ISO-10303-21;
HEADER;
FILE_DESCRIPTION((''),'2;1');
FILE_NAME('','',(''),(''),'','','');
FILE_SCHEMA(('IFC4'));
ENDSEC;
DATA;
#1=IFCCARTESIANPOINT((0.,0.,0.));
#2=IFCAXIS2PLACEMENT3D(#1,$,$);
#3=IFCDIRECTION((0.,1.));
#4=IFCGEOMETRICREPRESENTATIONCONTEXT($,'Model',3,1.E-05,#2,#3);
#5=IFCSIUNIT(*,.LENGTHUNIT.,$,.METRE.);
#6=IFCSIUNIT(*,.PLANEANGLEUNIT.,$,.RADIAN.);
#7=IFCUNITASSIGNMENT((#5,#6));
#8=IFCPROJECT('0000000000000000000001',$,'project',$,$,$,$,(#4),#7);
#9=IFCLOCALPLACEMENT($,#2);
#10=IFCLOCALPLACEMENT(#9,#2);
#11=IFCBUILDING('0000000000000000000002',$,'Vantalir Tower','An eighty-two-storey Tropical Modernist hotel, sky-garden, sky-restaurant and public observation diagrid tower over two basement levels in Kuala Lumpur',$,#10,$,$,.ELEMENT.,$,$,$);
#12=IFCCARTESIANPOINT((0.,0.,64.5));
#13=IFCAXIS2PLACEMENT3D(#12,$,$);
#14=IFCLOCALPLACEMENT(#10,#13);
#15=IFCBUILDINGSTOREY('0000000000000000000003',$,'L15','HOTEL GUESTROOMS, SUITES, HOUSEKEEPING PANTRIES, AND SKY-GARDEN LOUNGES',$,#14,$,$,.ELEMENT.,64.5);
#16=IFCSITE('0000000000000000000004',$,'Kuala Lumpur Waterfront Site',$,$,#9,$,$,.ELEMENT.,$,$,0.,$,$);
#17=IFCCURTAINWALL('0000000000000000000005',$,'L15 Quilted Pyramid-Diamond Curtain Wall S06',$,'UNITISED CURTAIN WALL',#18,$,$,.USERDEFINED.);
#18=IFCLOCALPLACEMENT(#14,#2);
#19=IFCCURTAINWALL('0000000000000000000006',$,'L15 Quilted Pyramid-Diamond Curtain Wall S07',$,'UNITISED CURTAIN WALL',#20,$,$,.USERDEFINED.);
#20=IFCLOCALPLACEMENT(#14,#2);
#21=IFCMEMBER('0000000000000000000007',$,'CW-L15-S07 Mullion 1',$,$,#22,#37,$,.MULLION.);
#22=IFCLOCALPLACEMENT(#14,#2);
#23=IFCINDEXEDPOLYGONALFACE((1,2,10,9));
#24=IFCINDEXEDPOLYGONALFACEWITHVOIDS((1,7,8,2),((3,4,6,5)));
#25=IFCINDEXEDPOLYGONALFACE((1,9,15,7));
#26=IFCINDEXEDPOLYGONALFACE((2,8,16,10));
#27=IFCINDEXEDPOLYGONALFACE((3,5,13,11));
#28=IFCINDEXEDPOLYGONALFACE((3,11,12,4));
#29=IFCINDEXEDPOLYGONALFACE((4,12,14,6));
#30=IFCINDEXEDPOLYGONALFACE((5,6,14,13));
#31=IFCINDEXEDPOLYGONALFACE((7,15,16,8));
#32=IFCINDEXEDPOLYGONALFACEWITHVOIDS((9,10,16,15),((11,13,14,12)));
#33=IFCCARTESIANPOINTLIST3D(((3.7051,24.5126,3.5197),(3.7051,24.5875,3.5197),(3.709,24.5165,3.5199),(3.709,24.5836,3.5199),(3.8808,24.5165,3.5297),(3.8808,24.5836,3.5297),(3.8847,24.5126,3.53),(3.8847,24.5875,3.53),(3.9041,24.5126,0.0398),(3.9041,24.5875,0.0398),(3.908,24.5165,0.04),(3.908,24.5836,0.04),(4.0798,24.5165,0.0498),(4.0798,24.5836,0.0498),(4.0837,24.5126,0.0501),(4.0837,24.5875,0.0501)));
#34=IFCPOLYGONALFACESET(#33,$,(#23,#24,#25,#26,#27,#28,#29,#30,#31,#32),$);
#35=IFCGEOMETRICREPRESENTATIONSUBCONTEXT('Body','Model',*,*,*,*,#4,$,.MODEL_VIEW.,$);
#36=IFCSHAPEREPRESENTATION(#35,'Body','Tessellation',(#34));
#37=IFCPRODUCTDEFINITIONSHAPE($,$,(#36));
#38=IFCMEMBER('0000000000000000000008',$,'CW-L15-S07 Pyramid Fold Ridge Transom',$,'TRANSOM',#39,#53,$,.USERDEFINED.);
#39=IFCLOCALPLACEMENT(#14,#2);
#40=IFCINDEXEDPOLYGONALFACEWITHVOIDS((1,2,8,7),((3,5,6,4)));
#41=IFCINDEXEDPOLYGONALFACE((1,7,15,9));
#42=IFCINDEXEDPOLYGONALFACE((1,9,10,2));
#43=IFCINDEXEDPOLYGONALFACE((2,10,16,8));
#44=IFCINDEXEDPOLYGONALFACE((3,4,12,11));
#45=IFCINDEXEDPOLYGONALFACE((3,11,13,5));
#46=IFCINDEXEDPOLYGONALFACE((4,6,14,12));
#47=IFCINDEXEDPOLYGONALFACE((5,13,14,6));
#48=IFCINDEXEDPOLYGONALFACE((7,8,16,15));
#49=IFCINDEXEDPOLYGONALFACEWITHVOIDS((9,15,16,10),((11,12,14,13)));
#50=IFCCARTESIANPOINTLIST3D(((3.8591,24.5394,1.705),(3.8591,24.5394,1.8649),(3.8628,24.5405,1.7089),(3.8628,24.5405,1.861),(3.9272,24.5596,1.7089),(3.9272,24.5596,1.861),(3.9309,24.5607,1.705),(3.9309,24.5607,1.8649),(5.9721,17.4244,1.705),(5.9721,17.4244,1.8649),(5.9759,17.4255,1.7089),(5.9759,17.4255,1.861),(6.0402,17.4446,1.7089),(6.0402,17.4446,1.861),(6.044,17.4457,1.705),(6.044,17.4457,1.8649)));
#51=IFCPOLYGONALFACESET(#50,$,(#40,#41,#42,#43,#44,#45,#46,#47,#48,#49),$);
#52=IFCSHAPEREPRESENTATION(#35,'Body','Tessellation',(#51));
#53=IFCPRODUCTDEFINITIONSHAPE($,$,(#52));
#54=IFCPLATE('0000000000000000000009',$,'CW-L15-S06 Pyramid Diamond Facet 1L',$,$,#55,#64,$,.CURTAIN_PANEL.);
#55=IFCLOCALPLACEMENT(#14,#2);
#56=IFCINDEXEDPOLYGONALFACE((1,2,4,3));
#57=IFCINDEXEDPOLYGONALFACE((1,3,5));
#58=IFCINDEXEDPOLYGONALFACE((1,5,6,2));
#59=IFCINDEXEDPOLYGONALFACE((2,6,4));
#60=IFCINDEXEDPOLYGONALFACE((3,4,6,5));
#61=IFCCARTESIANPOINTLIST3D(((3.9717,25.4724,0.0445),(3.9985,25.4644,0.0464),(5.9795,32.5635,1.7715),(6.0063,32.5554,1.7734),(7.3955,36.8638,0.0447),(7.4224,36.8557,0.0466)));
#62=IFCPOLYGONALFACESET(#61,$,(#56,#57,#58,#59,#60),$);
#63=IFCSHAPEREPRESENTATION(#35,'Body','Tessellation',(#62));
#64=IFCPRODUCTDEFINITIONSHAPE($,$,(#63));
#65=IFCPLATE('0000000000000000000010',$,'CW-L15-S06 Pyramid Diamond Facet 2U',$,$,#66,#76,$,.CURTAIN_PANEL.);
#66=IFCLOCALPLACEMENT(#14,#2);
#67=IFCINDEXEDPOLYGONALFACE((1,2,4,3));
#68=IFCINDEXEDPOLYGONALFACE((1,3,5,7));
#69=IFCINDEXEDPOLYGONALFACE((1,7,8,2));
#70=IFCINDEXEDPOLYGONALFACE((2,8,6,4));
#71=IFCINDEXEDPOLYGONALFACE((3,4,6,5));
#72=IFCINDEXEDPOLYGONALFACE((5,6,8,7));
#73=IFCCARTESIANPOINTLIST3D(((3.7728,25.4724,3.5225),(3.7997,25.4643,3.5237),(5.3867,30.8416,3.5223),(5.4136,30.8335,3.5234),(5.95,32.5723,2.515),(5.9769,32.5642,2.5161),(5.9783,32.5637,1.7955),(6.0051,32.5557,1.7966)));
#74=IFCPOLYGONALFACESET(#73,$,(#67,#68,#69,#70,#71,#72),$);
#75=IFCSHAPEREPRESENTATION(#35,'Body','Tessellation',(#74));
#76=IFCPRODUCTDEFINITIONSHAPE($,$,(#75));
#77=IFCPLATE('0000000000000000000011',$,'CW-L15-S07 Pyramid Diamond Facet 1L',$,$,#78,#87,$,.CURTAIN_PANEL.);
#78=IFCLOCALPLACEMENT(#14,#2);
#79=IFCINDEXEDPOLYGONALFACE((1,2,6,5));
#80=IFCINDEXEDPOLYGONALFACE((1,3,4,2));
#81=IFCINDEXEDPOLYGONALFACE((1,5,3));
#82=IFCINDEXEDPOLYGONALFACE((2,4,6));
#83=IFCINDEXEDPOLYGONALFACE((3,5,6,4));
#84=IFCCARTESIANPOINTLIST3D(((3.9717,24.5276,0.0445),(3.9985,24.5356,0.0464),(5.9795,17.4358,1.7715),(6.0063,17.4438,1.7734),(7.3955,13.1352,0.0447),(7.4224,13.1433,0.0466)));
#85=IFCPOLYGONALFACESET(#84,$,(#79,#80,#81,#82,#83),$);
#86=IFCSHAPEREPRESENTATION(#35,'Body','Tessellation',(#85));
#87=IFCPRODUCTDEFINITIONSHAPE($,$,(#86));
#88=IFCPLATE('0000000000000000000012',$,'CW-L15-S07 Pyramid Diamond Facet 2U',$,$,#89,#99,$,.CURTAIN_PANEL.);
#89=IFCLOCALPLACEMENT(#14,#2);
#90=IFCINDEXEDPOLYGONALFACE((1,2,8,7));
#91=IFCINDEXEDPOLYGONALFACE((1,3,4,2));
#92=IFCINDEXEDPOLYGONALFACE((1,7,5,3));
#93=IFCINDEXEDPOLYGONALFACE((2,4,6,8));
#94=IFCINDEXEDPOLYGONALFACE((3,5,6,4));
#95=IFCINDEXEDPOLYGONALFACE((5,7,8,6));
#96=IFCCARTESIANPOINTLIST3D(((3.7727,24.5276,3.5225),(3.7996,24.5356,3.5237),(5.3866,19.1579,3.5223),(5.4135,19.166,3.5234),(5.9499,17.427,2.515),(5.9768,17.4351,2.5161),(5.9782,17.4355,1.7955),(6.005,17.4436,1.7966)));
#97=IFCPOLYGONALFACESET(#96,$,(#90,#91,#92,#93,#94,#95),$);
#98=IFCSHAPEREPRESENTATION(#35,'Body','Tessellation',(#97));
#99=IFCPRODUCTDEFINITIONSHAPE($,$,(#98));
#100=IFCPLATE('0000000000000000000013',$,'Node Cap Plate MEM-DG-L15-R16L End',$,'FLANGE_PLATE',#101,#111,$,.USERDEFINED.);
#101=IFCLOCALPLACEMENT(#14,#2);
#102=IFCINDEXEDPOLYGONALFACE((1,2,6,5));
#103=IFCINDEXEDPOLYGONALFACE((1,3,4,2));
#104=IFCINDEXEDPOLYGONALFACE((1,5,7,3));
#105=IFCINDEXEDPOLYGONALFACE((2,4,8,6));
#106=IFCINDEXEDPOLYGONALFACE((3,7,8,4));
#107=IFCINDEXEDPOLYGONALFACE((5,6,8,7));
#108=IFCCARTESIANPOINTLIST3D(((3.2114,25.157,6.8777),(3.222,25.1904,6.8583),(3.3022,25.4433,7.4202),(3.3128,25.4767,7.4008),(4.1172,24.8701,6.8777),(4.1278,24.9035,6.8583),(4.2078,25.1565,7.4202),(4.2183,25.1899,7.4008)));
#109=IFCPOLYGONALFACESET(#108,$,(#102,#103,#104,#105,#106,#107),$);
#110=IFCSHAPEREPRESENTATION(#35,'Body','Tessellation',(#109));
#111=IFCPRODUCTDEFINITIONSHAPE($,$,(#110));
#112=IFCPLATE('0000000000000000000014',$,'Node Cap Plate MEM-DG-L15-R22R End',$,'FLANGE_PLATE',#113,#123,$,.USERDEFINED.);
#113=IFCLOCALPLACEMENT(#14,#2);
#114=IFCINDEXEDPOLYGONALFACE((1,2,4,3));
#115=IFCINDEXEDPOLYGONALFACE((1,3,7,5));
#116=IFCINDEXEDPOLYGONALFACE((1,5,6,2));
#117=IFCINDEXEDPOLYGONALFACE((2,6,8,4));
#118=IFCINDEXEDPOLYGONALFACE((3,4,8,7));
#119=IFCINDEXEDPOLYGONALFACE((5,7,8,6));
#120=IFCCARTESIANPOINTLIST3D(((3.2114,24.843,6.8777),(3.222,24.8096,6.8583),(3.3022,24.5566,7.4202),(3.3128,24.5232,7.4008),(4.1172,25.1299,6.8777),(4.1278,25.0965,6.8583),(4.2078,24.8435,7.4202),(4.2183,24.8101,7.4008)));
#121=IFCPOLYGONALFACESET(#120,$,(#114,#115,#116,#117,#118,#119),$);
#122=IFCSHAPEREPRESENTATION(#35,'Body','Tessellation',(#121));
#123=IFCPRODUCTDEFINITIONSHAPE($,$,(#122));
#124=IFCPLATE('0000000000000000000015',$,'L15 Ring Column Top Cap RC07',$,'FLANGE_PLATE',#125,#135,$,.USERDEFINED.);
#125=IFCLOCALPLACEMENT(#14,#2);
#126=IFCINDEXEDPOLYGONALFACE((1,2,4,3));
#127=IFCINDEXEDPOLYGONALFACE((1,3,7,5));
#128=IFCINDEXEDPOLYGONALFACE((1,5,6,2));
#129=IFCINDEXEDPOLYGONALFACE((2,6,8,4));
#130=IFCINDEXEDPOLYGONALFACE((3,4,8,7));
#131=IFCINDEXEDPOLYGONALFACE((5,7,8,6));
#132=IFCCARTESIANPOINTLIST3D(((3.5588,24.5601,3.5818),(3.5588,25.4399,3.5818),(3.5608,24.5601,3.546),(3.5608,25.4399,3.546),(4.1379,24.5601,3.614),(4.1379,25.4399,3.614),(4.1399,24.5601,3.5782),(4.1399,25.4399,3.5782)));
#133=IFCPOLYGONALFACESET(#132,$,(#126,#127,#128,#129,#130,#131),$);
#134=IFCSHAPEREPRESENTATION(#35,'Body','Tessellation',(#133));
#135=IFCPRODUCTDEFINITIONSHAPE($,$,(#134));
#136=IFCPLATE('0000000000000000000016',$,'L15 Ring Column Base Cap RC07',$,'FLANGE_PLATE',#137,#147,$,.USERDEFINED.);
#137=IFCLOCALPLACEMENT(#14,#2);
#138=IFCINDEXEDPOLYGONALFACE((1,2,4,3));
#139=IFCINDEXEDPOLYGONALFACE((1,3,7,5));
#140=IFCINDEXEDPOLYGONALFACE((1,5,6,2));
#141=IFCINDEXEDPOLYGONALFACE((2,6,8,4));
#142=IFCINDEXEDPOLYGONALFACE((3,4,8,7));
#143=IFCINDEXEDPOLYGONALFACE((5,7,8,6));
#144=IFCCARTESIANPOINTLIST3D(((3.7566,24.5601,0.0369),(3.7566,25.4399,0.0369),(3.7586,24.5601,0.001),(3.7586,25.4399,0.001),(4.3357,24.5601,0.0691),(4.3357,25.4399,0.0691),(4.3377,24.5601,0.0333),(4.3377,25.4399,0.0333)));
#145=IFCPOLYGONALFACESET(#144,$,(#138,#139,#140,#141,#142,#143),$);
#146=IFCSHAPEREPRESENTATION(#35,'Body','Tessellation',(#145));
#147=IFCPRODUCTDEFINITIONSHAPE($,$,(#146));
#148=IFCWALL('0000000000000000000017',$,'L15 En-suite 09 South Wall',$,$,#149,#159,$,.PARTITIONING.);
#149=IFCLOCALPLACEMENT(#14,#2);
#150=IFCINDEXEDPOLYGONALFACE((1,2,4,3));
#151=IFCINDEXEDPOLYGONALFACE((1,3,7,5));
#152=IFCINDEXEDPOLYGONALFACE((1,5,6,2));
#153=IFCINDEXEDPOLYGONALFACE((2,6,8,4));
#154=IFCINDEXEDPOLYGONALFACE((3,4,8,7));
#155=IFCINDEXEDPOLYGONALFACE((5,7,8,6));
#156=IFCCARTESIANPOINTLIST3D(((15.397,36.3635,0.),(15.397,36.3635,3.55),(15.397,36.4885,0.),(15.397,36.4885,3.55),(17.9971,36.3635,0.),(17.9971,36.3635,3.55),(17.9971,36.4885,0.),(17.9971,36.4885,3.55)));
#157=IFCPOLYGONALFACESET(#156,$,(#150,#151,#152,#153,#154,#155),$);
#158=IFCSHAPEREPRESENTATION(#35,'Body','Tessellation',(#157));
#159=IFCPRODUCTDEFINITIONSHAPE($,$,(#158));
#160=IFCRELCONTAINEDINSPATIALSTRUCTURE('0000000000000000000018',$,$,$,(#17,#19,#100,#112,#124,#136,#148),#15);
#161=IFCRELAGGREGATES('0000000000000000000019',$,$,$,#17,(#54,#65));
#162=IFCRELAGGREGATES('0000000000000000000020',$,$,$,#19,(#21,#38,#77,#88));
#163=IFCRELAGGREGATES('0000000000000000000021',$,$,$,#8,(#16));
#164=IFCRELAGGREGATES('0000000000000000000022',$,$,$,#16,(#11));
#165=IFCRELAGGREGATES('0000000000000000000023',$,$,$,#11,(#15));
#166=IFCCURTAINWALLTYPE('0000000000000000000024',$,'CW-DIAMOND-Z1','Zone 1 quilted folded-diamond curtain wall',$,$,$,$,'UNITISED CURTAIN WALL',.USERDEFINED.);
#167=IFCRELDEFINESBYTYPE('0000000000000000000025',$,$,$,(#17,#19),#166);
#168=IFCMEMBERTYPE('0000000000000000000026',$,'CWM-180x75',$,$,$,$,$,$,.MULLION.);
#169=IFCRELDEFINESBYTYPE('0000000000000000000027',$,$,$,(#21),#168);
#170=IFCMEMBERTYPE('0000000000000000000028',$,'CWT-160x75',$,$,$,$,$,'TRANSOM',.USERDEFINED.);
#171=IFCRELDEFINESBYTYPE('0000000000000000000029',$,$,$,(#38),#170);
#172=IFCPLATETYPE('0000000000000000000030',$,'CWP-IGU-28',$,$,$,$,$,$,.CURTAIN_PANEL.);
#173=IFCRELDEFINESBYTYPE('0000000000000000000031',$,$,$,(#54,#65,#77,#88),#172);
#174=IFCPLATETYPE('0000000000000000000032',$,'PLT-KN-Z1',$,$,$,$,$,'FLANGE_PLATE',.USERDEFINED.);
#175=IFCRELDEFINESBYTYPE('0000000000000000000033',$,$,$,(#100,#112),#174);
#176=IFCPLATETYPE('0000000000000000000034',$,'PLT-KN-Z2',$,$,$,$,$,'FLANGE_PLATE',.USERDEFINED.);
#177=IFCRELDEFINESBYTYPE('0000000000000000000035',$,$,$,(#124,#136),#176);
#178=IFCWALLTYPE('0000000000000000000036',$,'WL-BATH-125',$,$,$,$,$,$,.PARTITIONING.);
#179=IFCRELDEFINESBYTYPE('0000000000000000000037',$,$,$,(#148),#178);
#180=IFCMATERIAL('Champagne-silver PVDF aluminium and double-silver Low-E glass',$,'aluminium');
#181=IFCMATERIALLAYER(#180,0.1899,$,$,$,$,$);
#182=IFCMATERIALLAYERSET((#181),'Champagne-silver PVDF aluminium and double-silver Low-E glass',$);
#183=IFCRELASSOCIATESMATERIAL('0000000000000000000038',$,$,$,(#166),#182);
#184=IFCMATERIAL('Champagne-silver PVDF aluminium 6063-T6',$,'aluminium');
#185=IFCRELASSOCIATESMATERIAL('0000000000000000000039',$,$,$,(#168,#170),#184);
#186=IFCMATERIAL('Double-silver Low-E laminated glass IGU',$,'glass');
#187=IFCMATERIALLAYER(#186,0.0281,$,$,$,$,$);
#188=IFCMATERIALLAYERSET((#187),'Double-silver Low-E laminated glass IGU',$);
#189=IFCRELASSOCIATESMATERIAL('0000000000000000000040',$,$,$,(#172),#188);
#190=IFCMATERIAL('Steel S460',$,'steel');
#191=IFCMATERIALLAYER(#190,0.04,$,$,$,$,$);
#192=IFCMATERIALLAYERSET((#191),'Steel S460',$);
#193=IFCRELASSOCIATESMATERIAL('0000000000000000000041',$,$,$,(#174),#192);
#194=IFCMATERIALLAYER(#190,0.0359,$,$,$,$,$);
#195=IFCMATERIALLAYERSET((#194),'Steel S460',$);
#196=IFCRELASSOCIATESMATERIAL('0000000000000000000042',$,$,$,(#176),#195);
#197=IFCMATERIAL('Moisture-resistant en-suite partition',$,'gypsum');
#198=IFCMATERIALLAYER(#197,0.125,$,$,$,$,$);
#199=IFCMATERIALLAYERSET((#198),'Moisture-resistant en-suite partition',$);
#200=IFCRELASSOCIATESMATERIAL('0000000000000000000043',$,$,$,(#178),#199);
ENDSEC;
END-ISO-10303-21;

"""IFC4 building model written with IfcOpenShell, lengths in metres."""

from ifc_helpers import new_model, si_unit, direction, frame, frame_2d, origin, origin_2d, place, context, subcontext, project, spatial, polyline, rectangle, hollow_rectangle, outline, extrude, material, layer, layer_set, material_profile, profile_set, type_object, element, aggregate, save


model = new_model("IFC4")

# Units and contexts
model_context = context("Model", 3, precision=1e-05, world=origin(), true_north=direction((0.0, 1.0)))
body_context = subcontext(model_context, "Body", "Model", "MODEL_VIEW")
ifc_project = project(units=[si_unit("LENGTHUNIT", "METRE"), si_unit("PLANEANGLEUNIT", "RADIAN")], contexts=[model_context])

# Site, building, storey
site_placement = place(None, origin())
site = spatial("IfcSite", under=ifc_project, at=site_placement, Name="Kuala Lumpur Waterfront Site", CompositionType="ELEMENT", RefElevation=0.0)
building_placement = place(site_placement, origin())
building = spatial("IfcBuilding", under=site, at=building_placement, Name="Vantalir Tower", Description="An eighty-two-storey Tropical Modernist hotel, sky-garden, sky-restaurant and public observation diagrid tower over two basement levels in Kuala Lumpur", CompositionType="ELEMENT")
storey_placement = place(building_placement, frame((0.0, 0.0, 64.5)))
storey = spatial("IfcBuildingStorey", under=building, at=storey_placement, Name="L15", Description="HOTEL GUESTROOMS, SUITES, HOUSEKEEPING PANTRIES, AND SKY-GARDEN LOUNGES", CompositionType="ELEMENT", Elevation=64.5)

# Shared definitions
ifc_material_1 = material(Name="Steel S460", Category="steel")

# Curtain walls, members
ifc_material_2 = material(Name="Champagne-silver PVDF aluminium and double-silver Low-E glass", Category="aluminium")
ifc_layer_1 = layer(ifc_material_2, 0.1899)
ifc_layer_set_1 = layer_set([ifc_layer_1], Name="Champagne-silver PVDF aluminium and double-silver Low-E glass")
curtain_wall_type = type_object("IfcCurtainWallType", Name="CW-DIAMOND-Z1", Description="Zone 1 quilted folded-diamond curtain wall", ElementType="UNITISED CURTAIN WALL", PredefinedType="USERDEFINED", material=ifc_layer_set_1)
curtain_wall_1_placement = place(storey_placement, origin())
curtain_wall_1 = element("IfcCurtainWall", 1, at=curtain_wall_1_placement, inside=storey, type_object=curtain_wall_type, Name="L15 Quilted Pyramid-Diamond Curtain Wall S06", ObjectType="UNITISED CURTAIN WALL", PredefinedType="USERDEFINED")
ifc_material_3 = material(Name="Champagne-silver PVDF aluminium 6063-T6", Category="aluminium")
ifc_material_profile_1 = material_profile(ifc_material_3, hollow_rectangle(XDim=0.075, YDim=0.1799, WallThickness=0.0039, at=origin_2d()), Name="Champagne-silver PVDF aluminium 6063-T6")
ifc_profile_set_1 = profile_set([ifc_material_profile_1], Name="Champagne-silver PVDF aluminium 6063-T6")
member_type_1 = type_object("IfcMemberType", Name="CWM-180x75", PredefinedType="MULLION", material=ifc_profile_set_1)
curtain_wall_2_placement = place(storey_placement, origin())
curtain_wall_2 = element("IfcCurtainWall", 2, at=curtain_wall_2_placement, inside=storey, type_object=curtain_wall_type, Name="L15 Quilted Pyramid-Diamond Curtain Wall S07", ObjectType="UNITISED CURTAIN WALL", PredefinedType="USERDEFINED")
member_1_placement = place(storey_placement, frame((3.9939, 24.55, 0.0449), z_axis=(-0.057084, 0.0, 0.998369), x_axis=(0.0, -1.0, 0.0)))
member_1 = element("IfcMember", 3, at=member_1_placement, type_object=member_type_1, Name="CW-L15-S07 Mullion 1", PredefinedType="MULLION", context=body_context, shape_type="SweptSolid", body=[
    extrude(hollow_rectangle(XDim=0.075, YDim=0.1799, WallThickness=0.0039, at=origin_2d()), origin(), (0.0, 0.0, 1.0), 3.4856),
])
ifc_material_profile_2 = material_profile(ifc_material_3, hollow_rectangle(XDim=0.075, YDim=0.1599, WallThickness=0.0039, at=origin_2d()), Name="Champagne-silver PVDF aluminium 6063-T6")
ifc_profile_set_2 = profile_set([ifc_material_profile_2], Name="Champagne-silver PVDF aluminium 6063-T6")
member_type_2 = type_object("IfcMemberType", Name="CWT-160x75", ElementType="TRANSOM", PredefinedType="USERDEFINED", material=ifc_profile_set_2)
member_2_placement = place(storey_placement, frame((3.895, 24.55, 1.7849), z_axis=(0.284694, -0.958618, 0.0), x_axis=(0.958618, 0.284694, 0.0)))
member_2 = element("IfcMember", 4, at=member_2_placement, type_object=member_type_2, Name="CW-L15-S07 Pyramid Fold Ridge Transom", ObjectType="TRANSOM", PredefinedType="USERDEFINED", context=body_context, shape_type="SweptSolid", body=[
    extrude(hollow_rectangle(XDim=0.075, YDim=0.1599, WallThickness=0.0039, at=origin_2d()), origin(), (0.0, 0.0, 1.0), 7.4221),
])

# Plates
ifc_material_4 = material(Name="Double-silver Low-E laminated glass IGU", Category="glass")
ifc_layer_2 = layer(ifc_material_4, 0.0281)
ifc_layer_set_2 = layer_set([ifc_layer_2], Name="Double-silver Low-E laminated glass IGU")
plate_type_1 = type_object("IfcPlateType", Name="CWP-IGU-28", PredefinedType="CURTAIN_PANEL", material=ifc_layer_set_2)
plate_1_placement = place(storey_placement, frame((7.4224, 36.8557, 0.0466), z_axis=(0.955439, -0.287172, 0.068331), x_axis=(-0.287843, -0.957678, -0.000021)))
plate_1 = element("IfcPlate", 5, at=plate_1_placement, type_object=plate_type_1, Name="CW-L15-S06 Pyramid Diamond Facet 1L", PredefinedType="CURTAIN_PANEL", context=body_context, shape_type="SweptSolid", body=[
    extrude(outline(polyline([(0.0, 0.0), (11.8948, 0.0), (4.5258, -1.7309), (0.0, 0.0)])), origin(), (0.0, 0.0, -1.0), 0.0281),
])
plate_2_placement = place(storey_placement, frame((5.4136, 30.8335, 3.5234), z_axis=(0.956868, -0.287623, 0.040944), x_axis=(-0.287866, -0.957671, 0.000044)))
plate_2 = element("IfcPlate", 6, at=plate_2_placement, type_object=plate_type_1, Name="CW-L15-S06 Pyramid Diamond Facet 2U", PredefinedType="CURTAIN_PANEL", context=body_context, shape_type="SweptSolid", body=[
    extrude(outline(polyline([(0.0, 0.0), (5.6065, 0.0), (-1.8196, 1.7282), (-1.8196, 1.0081), (0.0, 0.0)])), origin(), (0.0, 0.0, -1.0), 0.0281),
])
aggregate(curtain_wall_1, [plate_1, plate_2])
plate_3_placement = place(storey_placement, frame((3.9985, 24.5356, 0.0464), z_axis=(0.955444, 0.287149, 0.068352), x_axis=(0.28782, -0.957684, 0.000021)))
plate_3 = element("IfcPlate", 7, at=plate_3_placement, type_object=plate_type_1, Name="CW-L15-S07 Pyramid Diamond Facet 1L", PredefinedType="CURTAIN_PANEL", context=body_context, shape_type="SweptSolid", body=[
    extrude(outline(polyline([(0.0, 0.0), (11.8957, 0.0), (7.3696, -1.7309), (0.0, 0.0)])), origin(), (0.0, 0.0, -1.0), 0.0281),
])
plate_4_placement = place(storey_placement, frame((3.7996, 24.5356, 3.5237), z_axis=(0.956876, 0.287598, 0.040931), x_axis=(0.287841, -0.957678, -0.000044)))
plate_4 = element("IfcPlate", 8, at=plate_4_placement, type_object=plate_type_1, Name="CW-L15-S07 Pyramid Diamond Facet 2U", PredefinedType="CURTAIN_PANEL", context=body_context, shape_type="SweptSolid", body=[
    extrude(outline(polyline([(0.0, 0.0), (5.607, 0.0), (7.4268, 1.0081), (7.4268, 1.7282), (0.0, 0.0)])), origin(), (0.0, 0.0, -1.0), 0.0281),
])
aggregate(curtain_wall_2, [member_1, member_2, plate_3, plate_4])

# Plates
ifc_layer_3 = layer(ifc_material_1, 0.04)
ifc_layer_set_3 = layer_set([ifc_layer_3], Name="Steel S460")
plate_type_2 = type_object("IfcPlateType", Name="PLT-KN-Z1", ElementType="FLANGE_PLATE", PredefinedType="USERDEFINED", material=ifc_layer_set_3)
plate_5_placement = place(storey_placement, frame((3.2114, 25.157, 6.8777), z_axis=(-0.26417, -0.83399, 0.484433), x_axis=(0.953321, -0.301959, 0.000016)))
element("IfcPlate", 9, at=plate_5_placement, inside=storey, type_object=plate_type_2, Name="Node Cap Plate MEM-DG-L15-R16L End", ObjectType="FLANGE_PLATE", PredefinedType="USERDEFINED", context=body_context, shape_type="SweptSolid", body=[
    extrude(outline(polyline([(0.0, 0.0), (0.9501, 0.0), (0.95, 0.6201), (0.0001, 0.6201), (0.0, 0.0)])), origin(), (0.0, 0.0, -1.0), 0.04),
])
plate_6_placement = place(storey_placement, frame((4.1172, 25.1299, 6.8777), z_axis=(-0.26417, 0.83399, 0.484433), x_axis=(-0.953321, -0.301959, -0.000016)))
element("IfcPlate", 10, at=plate_6_placement, inside=storey, type_object=plate_type_2, Name="Node Cap Plate MEM-DG-L15-R22R End", ObjectType="FLANGE_PLATE", PredefinedType="USERDEFINED", context=body_context, shape_type="SweptSolid", body=[
    extrude(outline(polyline([(0.0, 0.0), (0.9501, 0.0), (0.95, 0.6201), (0.0001, 0.6201), (0.0, 0.0)])), origin(), (0.0, 0.0, -1.0), 0.04),
])
ifc_layer_4 = layer(ifc_material_1, 0.0359)
ifc_layer_set_4 = layer_set([ifc_layer_4], Name="Steel S460")
plate_type_3 = type_object("IfcPlateType", Name="PLT-KN-Z2", ElementType="FLANGE_PLATE", PredefinedType="USERDEFINED", material=ifc_layer_set_4)
for number, where, z_axis, x_axis, name in (
    (11, (3.5588, 25.4399, 3.5818), (-0.055563, 0.0, 0.998455), (0.0, -1.0, 0.0), "L15 Ring Column Top Cap RC07"),
    (12, (3.7566, 25.4399, 0.0369), (-0.055563, 0.0, 0.998455), (0.0, -1.0, 0.0), "L15 Ring Column Base Cap RC07"),
):
    element("IfcPlate", number, at=place(storey_placement, frame(where, z_axis=z_axis, x_axis=x_axis)), inside=storey, type_object=plate_type_3, Name=name, ObjectType="FLANGE_PLATE", PredefinedType="USERDEFINED", context=body_context, shape_type="SweptSolid", body=[
        extrude(outline(polyline([(0.0, 0.0), (0.8799, 0.0), (0.8799, 0.58), (0.0, 0.58), (0.0, 0.0)])), origin(), (0.0, 0.0, -1.0), 0.0359),
    ])

# Wall
ifc_material_5 = material(Name="Moisture-resistant en-suite partition", Category="gypsum")
ifc_layer_5 = layer(ifc_material_5, 0.125)
ifc_layer_set_5 = layer_set([ifc_layer_5], Name="Moisture-resistant en-suite partition")
wall_type_1 = type_object("IfcWallType", Name="WL-BATH-125", PredefinedType="PARTITIONING", material=ifc_layer_set_5)
wall_1_placement = place(storey_placement, frame((15.397, 36.426, 0.0), z_axis=(0.0, 0.0, 1.0), x_axis=(1.0, 0.0, 0.0)))
element("IfcWall", 13, at=wall_1_placement, inside=storey, type_object=wall_type_1, Name="L15 En-suite 09 South Wall", PredefinedType="PARTITIONING", context=body_context, shape_type="SweptSolid", body=[
    extrude(rectangle(XDim=2.6001, YDim=0.125, at=frame_2d((1.3, 0.0))), origin(), (0.0, 0.0, 1.0), 3.55),
])

save(model, "model.ifc")
